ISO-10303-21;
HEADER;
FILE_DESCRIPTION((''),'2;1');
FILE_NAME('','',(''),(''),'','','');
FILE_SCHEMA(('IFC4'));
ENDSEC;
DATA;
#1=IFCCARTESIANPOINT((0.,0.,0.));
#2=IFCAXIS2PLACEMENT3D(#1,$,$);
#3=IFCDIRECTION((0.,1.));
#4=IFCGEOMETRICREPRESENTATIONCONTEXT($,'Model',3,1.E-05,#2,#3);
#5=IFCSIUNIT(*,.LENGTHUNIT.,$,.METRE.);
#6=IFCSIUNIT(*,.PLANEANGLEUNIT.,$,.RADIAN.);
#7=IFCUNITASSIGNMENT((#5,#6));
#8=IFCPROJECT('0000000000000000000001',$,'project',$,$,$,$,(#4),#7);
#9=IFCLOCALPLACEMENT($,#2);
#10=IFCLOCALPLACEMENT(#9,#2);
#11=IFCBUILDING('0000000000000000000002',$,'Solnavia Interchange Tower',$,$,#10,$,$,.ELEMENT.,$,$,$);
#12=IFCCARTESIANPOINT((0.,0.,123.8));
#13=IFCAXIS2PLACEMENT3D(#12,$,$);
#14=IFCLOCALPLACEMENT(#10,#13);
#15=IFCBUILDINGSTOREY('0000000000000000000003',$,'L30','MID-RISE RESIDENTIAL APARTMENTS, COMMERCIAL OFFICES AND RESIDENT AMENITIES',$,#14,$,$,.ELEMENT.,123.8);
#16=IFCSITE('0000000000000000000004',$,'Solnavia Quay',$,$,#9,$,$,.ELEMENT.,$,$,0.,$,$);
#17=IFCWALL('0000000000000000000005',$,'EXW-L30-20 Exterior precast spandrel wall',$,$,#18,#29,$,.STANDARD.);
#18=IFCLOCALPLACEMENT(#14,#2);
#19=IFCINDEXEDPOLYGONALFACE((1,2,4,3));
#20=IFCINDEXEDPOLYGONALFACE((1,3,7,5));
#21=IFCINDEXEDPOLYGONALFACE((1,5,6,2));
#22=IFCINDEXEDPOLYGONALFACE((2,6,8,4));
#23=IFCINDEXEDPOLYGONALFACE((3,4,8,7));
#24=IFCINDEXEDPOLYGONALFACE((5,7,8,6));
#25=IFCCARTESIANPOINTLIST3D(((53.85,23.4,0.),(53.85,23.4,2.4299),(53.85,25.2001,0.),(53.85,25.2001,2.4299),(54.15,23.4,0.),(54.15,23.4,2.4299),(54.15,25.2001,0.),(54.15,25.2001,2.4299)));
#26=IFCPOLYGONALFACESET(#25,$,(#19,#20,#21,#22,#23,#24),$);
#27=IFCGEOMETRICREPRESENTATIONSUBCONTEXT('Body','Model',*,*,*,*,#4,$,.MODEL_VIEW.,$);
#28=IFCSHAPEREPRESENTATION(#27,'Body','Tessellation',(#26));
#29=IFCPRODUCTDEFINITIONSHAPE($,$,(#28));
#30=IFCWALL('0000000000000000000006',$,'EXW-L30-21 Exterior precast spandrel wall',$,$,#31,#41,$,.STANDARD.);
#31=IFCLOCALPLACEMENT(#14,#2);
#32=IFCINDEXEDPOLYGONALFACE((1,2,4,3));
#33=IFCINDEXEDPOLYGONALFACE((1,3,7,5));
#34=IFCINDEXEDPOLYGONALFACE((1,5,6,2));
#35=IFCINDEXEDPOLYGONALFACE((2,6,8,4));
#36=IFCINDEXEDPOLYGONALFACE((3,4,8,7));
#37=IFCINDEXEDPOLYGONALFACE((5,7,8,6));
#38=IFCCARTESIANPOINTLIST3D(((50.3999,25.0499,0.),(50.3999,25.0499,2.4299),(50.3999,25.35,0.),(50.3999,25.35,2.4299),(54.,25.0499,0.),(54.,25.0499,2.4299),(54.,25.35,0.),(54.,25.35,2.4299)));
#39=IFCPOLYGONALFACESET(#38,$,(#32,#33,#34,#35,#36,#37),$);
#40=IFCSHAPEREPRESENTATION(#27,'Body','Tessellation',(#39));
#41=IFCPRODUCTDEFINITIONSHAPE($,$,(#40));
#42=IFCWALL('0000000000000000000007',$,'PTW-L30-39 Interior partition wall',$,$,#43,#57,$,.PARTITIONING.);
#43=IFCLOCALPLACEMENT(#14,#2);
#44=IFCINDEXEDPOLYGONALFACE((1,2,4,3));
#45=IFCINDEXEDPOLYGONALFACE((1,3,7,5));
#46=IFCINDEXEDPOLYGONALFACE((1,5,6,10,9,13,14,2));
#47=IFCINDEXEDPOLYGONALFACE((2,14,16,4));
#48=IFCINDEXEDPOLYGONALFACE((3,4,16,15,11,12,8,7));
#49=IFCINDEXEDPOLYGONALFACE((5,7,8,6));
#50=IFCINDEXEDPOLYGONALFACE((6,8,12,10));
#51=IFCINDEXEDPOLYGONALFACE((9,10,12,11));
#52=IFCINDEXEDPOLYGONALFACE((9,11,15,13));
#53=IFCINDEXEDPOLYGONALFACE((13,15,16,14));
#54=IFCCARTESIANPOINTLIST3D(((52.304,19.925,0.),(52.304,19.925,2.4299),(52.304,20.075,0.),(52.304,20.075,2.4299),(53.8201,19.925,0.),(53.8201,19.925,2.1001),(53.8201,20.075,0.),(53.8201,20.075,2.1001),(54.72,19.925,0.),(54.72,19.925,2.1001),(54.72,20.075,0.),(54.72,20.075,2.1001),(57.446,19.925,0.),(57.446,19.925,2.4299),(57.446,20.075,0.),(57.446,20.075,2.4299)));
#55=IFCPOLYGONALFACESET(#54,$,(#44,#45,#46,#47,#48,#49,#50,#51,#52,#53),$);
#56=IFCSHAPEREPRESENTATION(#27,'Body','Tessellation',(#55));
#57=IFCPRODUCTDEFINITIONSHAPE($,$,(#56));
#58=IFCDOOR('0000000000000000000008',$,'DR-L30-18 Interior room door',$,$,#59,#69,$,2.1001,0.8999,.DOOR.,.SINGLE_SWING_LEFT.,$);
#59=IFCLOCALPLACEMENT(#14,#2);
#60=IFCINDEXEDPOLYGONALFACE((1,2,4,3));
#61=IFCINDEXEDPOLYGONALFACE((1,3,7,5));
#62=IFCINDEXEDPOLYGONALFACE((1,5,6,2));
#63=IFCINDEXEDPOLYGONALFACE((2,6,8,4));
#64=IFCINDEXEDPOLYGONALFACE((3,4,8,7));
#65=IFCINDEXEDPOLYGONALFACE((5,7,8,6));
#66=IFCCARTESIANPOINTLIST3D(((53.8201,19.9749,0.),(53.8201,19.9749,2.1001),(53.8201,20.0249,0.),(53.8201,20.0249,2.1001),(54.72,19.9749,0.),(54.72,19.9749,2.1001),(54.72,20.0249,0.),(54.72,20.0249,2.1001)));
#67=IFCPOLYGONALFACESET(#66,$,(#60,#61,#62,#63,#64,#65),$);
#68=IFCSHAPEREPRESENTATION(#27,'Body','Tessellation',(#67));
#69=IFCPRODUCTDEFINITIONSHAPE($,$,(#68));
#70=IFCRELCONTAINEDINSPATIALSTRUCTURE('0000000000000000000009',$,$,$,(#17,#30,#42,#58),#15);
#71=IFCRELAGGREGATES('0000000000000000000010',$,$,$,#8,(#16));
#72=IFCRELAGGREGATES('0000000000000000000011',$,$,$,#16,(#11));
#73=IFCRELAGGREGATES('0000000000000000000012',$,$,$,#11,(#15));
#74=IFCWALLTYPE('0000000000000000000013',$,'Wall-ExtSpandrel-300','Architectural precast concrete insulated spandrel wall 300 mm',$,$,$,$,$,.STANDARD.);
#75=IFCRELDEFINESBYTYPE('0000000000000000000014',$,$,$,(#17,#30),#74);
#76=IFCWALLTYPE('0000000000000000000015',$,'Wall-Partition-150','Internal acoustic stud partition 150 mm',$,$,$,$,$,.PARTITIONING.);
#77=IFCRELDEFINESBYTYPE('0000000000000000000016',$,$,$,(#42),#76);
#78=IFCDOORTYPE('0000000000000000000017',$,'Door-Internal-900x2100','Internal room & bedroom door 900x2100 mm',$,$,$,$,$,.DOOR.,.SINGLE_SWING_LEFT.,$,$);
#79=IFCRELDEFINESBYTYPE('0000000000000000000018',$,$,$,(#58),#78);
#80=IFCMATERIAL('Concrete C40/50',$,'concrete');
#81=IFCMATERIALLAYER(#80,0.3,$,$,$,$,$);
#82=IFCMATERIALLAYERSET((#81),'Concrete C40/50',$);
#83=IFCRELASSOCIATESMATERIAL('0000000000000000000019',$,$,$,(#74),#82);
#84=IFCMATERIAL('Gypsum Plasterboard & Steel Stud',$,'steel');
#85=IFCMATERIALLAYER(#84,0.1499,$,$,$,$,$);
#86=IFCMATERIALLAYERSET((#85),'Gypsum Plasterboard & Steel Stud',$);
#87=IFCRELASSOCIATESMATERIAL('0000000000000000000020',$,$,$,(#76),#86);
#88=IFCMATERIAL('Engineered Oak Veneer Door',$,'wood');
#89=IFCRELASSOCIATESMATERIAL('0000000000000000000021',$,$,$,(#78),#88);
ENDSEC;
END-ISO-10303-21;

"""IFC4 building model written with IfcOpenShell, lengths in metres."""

from ifc_helpers import new_model, si_unit, direction, frame, frame_2d, origin, place, context, subcontext, project, spatial, rectangle, extrude, material, layer, layer_set, type_object, element, fill, save


model = new_model("IFC4")

# Units and contexts
model_context = context("Model", 3, precision=1e-05, world=origin(), true_north=direction((0.0, 1.0)))
body_context = subcontext(model_context, "Body", "Model", "MODEL_VIEW")
ifc_project = project(units=[si_unit("LENGTHUNIT", "METRE"), si_unit("PLANEANGLEUNIT", "RADIAN")], contexts=[model_context])

# Site, building, storey
site_placement = place(None, origin())
site = spatial("IfcSite", under=ifc_project, at=site_placement, Name="Solnavia Quay", CompositionType="ELEMENT", RefElevation=0.0)
building_placement = place(site_placement, origin())
building = spatial("IfcBuilding", under=site, at=building_placement, Name="Solnavia Interchange Tower", CompositionType="ELEMENT")
storey_placement = place(building_placement, frame((0.0, 0.0, 123.8)))
storey = spatial("IfcBuildingStorey", under=building, at=storey_placement, Name="L30", Description="MID-RISE RESIDENTIAL APARTMENTS, COMMERCIAL OFFICES AND RESIDENT AMENITIES", CompositionType="ELEMENT", Elevation=123.8)

# Shared definitions
ifc_material_1 = material(Name="Concrete C40/50", Category="concrete")
ifc_layer_1 = layer(ifc_material_1, 0.3)
ifc_layer_set_1 = layer_set([ifc_layer_1], Name="Concrete C40/50")
wall_type_1 = type_object("IfcWallType", Name="Wall-ExtSpandrel-300", Description="Architectural precast concrete insulated spandrel wall 300 mm", PredefinedType="STANDARD", material=ifc_layer_set_1)

# Walls
for number, where, z_axis, x_axis, name in (
    (1, (54.0, 25.2, 0.0), (0.0, 0.0, 1.0), (0.0, -1.0, 0.0), "EXW-L30-20 Exterior precast spandrel wall"),
):
    element("IfcWall", number, at=place(storey_placement, frame(where, z_axis=z_axis, x_axis=x_axis)), inside=storey, type_object=wall_type_1, Name=name, PredefinedType="STANDARD", context=body_context, shape_type="SweptSolid", body=[
        extrude(rectangle(XDim=1.8, YDim=0.3, at=frame_2d((0.8999, 0.0))), origin(), (0.0, 0.0, 1.0), 2.4299),
    ])
wall_1_placement = place(storey_placement, frame((50.3999, 25.2, 0.0), z_axis=(0.0, 0.0, 1.0), x_axis=(1.0, 0.0, 0.0)))
element("IfcWall", 2, at=wall_1_placement, inside=storey, type_object=wall_type_1, Name="EXW-L30-21 Exterior precast spandrel wall", PredefinedType="STANDARD", context=body_context, shape_type="SweptSolid", body=[
    extrude(rectangle(XDim=3.6001, YDim=0.3, at=frame_2d((1.8, 0.0))), origin(), (0.0, 0.0, 1.0), 2.4299),
])

# Wall, opening, door
ifc_material_2 = material(Name="Gypsum Plasterboard & Steel Stud", Category="steel")
ifc_layer_2 = layer(ifc_material_2, 0.1499)
ifc_layer_set_2 = layer_set([ifc_layer_2], Name="Gypsum Plasterboard & Steel Stud")
wall_type_2 = type_object("IfcWallType", Name="Wall-Partition-150", Description="Internal acoustic stud partition 150 mm", PredefinedType="PARTITIONING", material=ifc_layer_set_2)
wall_2_placement = place(storey_placement, frame((52.304, 20.0, 0.0), z_axis=(0.0, 0.0, 1.0), x_axis=(1.0, 0.0, 0.0)))
wall_2 = element("IfcWall", 3, at=wall_2_placement, inside=storey, type_object=wall_type_2, Name="PTW-L30-39 Interior partition wall", PredefinedType="PARTITIONING", context=body_context, shape_type="SweptSolid", body=[
    extrude(rectangle(XDim=5.1421, YDim=0.1499, at=frame_2d((2.571, 0.0))), origin(), (0.0, 0.0, 1.0), 2.4299),
])
opening_1_placement = place(wall_2_placement, frame((1.5161, 0.0, 0.0)))
opening_1 = element("IfcOpeningElement", 4, at=opening_1_placement, cuts=wall_2, PredefinedType="OPENING", context=body_context, shape_type="SweptSolid", body=[
    extrude(rectangle(XDim=0.8999, YDim=2.1001, at=frame_2d((0.45, 1.05))), frame((0.0, 0.085, 0.0), z_axis=(0.0, -1.0, 0.0), x_axis=(1.0, 0.0, 0.0)), (0.0, 0.0, 1.0), 0.1699),
])
ifc_material_3 = material(Name="Engineered Oak Veneer Door", Category="wood")
door_type = type_object("IfcDoorType", Name="Door-Internal-900x2100", Description="Internal room & bedroom door 900x2100 mm", OperationType="SINGLE_SWING_LEFT", PredefinedType="DOOR", material=ifc_material_3)
door_placement = place(opening_1_placement, origin())
door = element("IfcDoor", 5, at=door_placement, inside=storey, type_object=door_type, Name="DR-L30-18 Interior room door", OperationType="SINGLE_SWING_LEFT", OverallHeight=2.1001, OverallWidth=0.8999, PredefinedType="DOOR", context=body_context, shape_type="SweptSolid", body=[
    extrude(rectangle(XDim=0.8999, YDim=2.1001, at=frame_2d((0.45, 1.05))), frame((0.0, 0.0249, 0.0), z_axis=(0.0, -1.0, 0.0), x_axis=(1.0, 0.0, 0.0)), (0.0, 0.0, 1.0), 0.05),
])
fill(opening_1, door)

save(model, "model.ifc")
